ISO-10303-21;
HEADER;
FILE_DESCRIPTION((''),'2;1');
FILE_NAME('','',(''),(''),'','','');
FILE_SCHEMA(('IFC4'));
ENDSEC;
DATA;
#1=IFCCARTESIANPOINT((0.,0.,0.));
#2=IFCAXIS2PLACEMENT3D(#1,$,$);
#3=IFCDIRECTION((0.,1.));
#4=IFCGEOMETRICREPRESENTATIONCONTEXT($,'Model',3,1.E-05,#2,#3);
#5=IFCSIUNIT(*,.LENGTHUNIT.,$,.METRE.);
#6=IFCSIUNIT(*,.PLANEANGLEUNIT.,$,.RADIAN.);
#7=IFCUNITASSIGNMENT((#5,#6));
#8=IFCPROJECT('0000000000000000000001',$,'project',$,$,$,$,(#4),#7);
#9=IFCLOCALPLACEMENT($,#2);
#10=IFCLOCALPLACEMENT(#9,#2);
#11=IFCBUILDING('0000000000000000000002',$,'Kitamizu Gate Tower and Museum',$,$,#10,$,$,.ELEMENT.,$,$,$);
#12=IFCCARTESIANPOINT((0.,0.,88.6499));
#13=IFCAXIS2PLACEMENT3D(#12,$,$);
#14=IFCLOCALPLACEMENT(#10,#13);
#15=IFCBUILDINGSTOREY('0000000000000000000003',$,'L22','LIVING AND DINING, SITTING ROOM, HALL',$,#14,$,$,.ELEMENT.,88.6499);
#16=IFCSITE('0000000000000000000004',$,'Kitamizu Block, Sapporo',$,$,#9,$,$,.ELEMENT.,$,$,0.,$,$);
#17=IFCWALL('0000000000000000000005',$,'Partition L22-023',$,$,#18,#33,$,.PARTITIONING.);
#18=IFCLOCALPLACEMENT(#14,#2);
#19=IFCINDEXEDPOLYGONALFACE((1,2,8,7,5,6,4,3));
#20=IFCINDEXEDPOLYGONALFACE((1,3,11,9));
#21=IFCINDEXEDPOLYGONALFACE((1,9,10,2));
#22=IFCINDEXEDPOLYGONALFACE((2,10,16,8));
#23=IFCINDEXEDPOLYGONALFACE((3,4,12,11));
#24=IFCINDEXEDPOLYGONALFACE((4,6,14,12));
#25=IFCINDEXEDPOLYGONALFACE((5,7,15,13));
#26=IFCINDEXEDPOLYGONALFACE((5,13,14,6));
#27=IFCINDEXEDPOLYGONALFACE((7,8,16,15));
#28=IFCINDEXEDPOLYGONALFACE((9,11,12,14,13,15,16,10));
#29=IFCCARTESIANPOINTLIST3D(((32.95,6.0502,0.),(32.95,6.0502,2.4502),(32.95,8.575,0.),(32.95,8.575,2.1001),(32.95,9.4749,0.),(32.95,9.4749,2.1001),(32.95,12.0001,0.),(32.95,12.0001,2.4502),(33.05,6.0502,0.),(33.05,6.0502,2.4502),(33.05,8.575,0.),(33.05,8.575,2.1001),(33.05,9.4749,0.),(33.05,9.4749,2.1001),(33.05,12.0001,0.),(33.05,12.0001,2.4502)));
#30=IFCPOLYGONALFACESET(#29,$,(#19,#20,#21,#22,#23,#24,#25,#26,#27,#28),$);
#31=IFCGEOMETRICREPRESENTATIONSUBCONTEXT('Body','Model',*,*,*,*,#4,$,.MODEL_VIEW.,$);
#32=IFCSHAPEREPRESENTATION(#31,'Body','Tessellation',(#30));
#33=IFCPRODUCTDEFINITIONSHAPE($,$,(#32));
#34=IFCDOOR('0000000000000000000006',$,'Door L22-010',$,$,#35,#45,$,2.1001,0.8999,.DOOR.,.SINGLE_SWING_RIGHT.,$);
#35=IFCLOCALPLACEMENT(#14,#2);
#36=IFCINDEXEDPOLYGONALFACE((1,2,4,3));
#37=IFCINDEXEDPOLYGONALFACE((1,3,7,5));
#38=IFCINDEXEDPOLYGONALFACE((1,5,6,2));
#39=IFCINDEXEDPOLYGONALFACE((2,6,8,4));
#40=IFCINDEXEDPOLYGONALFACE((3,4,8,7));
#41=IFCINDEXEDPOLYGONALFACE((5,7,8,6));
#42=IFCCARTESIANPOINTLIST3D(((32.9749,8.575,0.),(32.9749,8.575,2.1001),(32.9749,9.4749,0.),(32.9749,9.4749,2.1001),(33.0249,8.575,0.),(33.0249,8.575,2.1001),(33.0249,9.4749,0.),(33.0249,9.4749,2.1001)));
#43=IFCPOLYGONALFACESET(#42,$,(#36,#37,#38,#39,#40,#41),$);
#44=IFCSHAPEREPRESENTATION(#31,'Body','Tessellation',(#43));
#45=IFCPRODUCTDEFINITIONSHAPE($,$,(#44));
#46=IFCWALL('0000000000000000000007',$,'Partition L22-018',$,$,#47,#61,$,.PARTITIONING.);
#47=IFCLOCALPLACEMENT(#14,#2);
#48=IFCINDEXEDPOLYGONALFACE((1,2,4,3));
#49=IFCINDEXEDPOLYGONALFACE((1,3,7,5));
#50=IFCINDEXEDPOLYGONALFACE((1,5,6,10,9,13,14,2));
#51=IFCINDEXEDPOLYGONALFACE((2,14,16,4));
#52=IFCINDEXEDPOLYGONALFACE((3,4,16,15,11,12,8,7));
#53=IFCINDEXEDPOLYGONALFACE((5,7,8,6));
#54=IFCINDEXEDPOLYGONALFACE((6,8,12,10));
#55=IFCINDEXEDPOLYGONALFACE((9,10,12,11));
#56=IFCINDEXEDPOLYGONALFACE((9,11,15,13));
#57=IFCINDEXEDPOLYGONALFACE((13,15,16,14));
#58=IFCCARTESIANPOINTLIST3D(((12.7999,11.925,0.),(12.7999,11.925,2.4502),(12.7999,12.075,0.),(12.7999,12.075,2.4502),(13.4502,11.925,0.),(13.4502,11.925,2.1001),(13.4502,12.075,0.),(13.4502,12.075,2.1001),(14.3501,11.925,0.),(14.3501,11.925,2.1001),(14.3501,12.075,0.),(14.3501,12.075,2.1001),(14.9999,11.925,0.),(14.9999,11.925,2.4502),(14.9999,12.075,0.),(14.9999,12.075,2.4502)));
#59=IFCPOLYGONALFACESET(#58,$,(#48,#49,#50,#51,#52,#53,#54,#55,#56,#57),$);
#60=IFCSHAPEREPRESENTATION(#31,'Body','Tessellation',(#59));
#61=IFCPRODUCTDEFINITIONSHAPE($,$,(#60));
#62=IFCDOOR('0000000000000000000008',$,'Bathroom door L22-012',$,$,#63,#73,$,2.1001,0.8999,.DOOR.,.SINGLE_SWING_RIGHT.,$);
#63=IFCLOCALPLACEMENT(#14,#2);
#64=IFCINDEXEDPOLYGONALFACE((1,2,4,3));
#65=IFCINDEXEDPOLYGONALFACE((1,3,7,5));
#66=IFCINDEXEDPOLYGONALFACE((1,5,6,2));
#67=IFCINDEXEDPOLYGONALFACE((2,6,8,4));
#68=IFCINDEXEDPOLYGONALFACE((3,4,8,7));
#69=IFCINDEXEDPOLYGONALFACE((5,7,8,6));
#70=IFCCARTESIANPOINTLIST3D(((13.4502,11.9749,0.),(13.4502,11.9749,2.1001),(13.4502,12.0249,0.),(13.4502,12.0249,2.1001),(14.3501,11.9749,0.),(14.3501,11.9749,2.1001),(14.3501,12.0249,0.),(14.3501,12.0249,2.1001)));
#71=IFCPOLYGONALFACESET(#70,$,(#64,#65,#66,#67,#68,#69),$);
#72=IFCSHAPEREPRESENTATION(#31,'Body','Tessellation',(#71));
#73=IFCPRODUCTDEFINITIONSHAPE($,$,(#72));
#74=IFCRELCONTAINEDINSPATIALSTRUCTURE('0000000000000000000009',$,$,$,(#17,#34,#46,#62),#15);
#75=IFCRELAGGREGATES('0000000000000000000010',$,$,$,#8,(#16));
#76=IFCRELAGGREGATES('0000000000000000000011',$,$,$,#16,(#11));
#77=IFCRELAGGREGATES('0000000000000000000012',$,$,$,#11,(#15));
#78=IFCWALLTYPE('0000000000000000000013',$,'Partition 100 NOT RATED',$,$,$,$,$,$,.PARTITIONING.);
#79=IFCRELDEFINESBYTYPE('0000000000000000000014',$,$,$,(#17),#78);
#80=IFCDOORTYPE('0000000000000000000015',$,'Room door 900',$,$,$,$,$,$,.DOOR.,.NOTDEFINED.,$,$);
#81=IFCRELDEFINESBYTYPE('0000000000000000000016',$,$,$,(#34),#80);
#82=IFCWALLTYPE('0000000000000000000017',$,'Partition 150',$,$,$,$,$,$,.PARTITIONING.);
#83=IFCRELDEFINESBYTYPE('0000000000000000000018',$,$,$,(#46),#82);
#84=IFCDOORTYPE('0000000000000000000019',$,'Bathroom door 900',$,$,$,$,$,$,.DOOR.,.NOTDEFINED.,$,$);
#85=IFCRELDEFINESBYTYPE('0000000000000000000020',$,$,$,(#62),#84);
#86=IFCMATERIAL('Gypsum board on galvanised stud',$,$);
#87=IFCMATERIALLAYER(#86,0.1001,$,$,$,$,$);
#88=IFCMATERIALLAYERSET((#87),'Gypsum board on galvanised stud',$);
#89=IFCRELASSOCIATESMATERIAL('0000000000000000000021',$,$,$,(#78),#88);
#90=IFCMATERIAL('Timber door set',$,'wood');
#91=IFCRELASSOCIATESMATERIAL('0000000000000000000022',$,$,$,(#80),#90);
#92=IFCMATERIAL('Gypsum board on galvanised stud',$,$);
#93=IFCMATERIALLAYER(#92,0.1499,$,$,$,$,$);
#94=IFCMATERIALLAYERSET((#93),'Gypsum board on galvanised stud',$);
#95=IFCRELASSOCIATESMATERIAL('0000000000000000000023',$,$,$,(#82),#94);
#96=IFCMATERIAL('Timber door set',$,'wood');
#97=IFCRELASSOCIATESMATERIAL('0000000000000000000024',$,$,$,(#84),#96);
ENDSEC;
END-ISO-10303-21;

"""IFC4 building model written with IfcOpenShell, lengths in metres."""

from ifc_helpers import new_model, si_unit, direction, frame, frame_2d, origin, place, context, subcontext, project, spatial, rectangle, extrude, material, layer, layer_set, type_object, element, fill, save


model = new_model("IFC4")

# Units and contexts
model_context = context("Model", 3, precision=1e-05, world=origin(), true_north=direction((0.0, 1.0)))
body_context = subcontext(model_context, "Body", "Model", "MODEL_VIEW")
ifc_project = project(units=[si_unit("LENGTHUNIT", "METRE"), si_unit("PLANEANGLEUNIT", "RADIAN")], contexts=[model_context])

# Site, building, storey
site_placement = place(None, origin())
site = spatial("IfcSite", under=ifc_project, at=site_placement, Name="Kitamizu Block, Sapporo", CompositionType="ELEMENT", RefElevation=0.0)
building_placement = place(site_placement, origin())
building = spatial("IfcBuilding", under=site, at=building_placement, Name="Kitamizu Gate Tower and Museum", CompositionType="ELEMENT")
storey_placement = place(building_placement, frame((0.0, 0.0, 88.6499)))
storey = spatial("IfcBuildingStorey", under=building, at=storey_placement, Name="L22", Description="LIVING AND DINING, SITTING ROOM, HALL", CompositionType="ELEMENT", Elevation=88.6499)

# Shared definitions
ifc_material_1 = material(Name="Gypsum board on galvanised stud")
ifc_layer_1 = layer(ifc_material_1, 0.1001)
ifc_layer_set_1 = layer_set([ifc_layer_1], Name="Gypsum board on galvanised stud")
wall_type_1 = type_object("IfcWallType", Name="Partition 100 NOT RATED", PredefinedType="PARTITIONING", material=ifc_layer_set_1)
ifc_material_2 = material(Name="Timber door set", Category="wood")
door_type_1 = type_object("IfcDoorType", Name="Room door 900", OperationType="NOTDEFINED", PredefinedType="DOOR", material=ifc_material_2)

# Walls, openings, doors
wall_1_placement = place(storey_placement, frame((33.0, 6.05, 0.0), z_axis=(0.0, 0.0, 1.0), x_axis=(0.0, 1.0, 0.0)))
wall_1 = element("IfcWall", 1, at=wall_1_placement, inside=storey, type_object=wall_type_1, Name="Partition L22-023", PredefinedType="PARTITIONING", context=body_context, shape_type="SweptSolid", body=[
    extrude(rectangle(XDim=5.95, YDim=0.1001, at=frame_2d((2.9751, 0.0))), origin(), (0.0, 0.0, 1.0), 2.4502),
])
opening_1_placement = place(wall_1_placement, frame((2.5249, 0.0, 0.0)))
opening_1 = element("IfcOpeningElement", 2, at=opening_1_placement, cuts=wall_1, PredefinedType="OPENING", context=body_context, shape_type="SweptSolid", body=[
    extrude(rectangle(XDim=0.8999, YDim=2.1001, at=frame_2d((0.45, 1.05))), frame((0.0, 0.0601, 0.0), z_axis=(0.0, -1.0, 0.0), x_axis=(1.0, 0.0, 0.0)), (0.0, 0.0, 1.0), 0.1201),
])
door_1_placement = place(opening_1_placement, frame((0.8999, 0.0, 0.0), x_axis=(-1.0, 0.0, 0.0)))
door_1 = element("IfcDoor", 3, at=door_1_placement, inside=storey, type_object=door_type_1, Name="Door L22-010", OperationType="SINGLE_SWING_RIGHT", OverallHeight=2.1001, OverallWidth=0.8999, PredefinedType="DOOR", context=body_context, shape_type="SweptSolid", body=[
    extrude(rectangle(XDim=0.8999, YDim=2.1001, at=frame_2d((0.45, 1.05))), frame((0.0, 0.0249, 0.0), z_axis=(0.0, -1.0, 0.0), x_axis=(1.0, 0.0, 0.0)), (0.0, 0.0, 1.0), 0.05),
])
fill(opening_1, door_1)
ifc_material_3 = material(Name="Gypsum board on galvanised stud")
ifc_layer_2 = layer(ifc_material_3, 0.1499)
ifc_layer_set_2 = layer_set([ifc_layer_2], Name="Gypsum board on galvanised stud")
wall_type_2 = type_object("IfcWallType", Name="Partition 150", PredefinedType="PARTITIONING", material=ifc_layer_set_2)
wall_2_placement = place(storey_placement, frame((15.0, 12.0, 0.0), z_axis=(0.0, 0.0, 1.0), x_axis=(-1.0, 0.0, 0.0)))
wall_2 = element("IfcWall", 4, at=wall_2_placement, inside=storey, type_object=wall_type_2, Name="Partition L22-018", PredefinedType="PARTITIONING", context=body_context, shape_type="SweptSolid", body=[
    extrude(rectangle(XDim=2.2, YDim=0.1499, at=frame_2d((1.1001, 0.0))), origin(), (0.0, 0.0, 1.0), 2.4502),
])
opening_2_placement = place(wall_2_placement, frame((0.6499, 0.0, 0.0)))
opening_2 = element("IfcOpeningElement", 5, at=opening_2_placement, cuts=wall_2, PredefinedType="OPENING", context=body_context, shape_type="SweptSolid", body=[
    extrude(rectangle(XDim=0.8999, YDim=2.1001, at=frame_2d((0.45, 1.05))), frame((0.0, 0.085, 0.0), z_axis=(0.0, -1.0, 0.0), x_axis=(1.0, 0.0, 0.0)), (0.0, 0.0, 1.0), 0.1699),
])
ifc_material_4 = material(Name="Timber door set", Category="wood")
door_type_2 = type_object("IfcDoorType", Name="Bathroom door 900", OperationType="NOTDEFINED", PredefinedType="DOOR", material=ifc_material_4)
door_2_placement = place(opening_2_placement, frame((0.8999, 0.0, 0.0), x_axis=(-1.0, 0.0, 0.0)))
door_2 = element("IfcDoor", 6, at=door_2_placement, inside=storey, type_object=door_type_2, Name="Bathroom door L22-012", OperationType="SINGLE_SWING_RIGHT", OverallHeight=2.1001, OverallWidth=0.8999, PredefinedType="DOOR", context=body_context, shape_type="SweptSolid", body=[
    extrude(rectangle(XDim=0.8999, YDim=2.1001, at=frame_2d((0.45, 1.05))), frame((0.0, 0.0249, 0.0), z_axis=(0.0, -1.0, 0.0), x_axis=(1.0, 0.0, 0.0)), (0.0, 0.0, 1.0), 0.05),
])
fill(opening_2, door_2)

save(model, "model.ifc")
